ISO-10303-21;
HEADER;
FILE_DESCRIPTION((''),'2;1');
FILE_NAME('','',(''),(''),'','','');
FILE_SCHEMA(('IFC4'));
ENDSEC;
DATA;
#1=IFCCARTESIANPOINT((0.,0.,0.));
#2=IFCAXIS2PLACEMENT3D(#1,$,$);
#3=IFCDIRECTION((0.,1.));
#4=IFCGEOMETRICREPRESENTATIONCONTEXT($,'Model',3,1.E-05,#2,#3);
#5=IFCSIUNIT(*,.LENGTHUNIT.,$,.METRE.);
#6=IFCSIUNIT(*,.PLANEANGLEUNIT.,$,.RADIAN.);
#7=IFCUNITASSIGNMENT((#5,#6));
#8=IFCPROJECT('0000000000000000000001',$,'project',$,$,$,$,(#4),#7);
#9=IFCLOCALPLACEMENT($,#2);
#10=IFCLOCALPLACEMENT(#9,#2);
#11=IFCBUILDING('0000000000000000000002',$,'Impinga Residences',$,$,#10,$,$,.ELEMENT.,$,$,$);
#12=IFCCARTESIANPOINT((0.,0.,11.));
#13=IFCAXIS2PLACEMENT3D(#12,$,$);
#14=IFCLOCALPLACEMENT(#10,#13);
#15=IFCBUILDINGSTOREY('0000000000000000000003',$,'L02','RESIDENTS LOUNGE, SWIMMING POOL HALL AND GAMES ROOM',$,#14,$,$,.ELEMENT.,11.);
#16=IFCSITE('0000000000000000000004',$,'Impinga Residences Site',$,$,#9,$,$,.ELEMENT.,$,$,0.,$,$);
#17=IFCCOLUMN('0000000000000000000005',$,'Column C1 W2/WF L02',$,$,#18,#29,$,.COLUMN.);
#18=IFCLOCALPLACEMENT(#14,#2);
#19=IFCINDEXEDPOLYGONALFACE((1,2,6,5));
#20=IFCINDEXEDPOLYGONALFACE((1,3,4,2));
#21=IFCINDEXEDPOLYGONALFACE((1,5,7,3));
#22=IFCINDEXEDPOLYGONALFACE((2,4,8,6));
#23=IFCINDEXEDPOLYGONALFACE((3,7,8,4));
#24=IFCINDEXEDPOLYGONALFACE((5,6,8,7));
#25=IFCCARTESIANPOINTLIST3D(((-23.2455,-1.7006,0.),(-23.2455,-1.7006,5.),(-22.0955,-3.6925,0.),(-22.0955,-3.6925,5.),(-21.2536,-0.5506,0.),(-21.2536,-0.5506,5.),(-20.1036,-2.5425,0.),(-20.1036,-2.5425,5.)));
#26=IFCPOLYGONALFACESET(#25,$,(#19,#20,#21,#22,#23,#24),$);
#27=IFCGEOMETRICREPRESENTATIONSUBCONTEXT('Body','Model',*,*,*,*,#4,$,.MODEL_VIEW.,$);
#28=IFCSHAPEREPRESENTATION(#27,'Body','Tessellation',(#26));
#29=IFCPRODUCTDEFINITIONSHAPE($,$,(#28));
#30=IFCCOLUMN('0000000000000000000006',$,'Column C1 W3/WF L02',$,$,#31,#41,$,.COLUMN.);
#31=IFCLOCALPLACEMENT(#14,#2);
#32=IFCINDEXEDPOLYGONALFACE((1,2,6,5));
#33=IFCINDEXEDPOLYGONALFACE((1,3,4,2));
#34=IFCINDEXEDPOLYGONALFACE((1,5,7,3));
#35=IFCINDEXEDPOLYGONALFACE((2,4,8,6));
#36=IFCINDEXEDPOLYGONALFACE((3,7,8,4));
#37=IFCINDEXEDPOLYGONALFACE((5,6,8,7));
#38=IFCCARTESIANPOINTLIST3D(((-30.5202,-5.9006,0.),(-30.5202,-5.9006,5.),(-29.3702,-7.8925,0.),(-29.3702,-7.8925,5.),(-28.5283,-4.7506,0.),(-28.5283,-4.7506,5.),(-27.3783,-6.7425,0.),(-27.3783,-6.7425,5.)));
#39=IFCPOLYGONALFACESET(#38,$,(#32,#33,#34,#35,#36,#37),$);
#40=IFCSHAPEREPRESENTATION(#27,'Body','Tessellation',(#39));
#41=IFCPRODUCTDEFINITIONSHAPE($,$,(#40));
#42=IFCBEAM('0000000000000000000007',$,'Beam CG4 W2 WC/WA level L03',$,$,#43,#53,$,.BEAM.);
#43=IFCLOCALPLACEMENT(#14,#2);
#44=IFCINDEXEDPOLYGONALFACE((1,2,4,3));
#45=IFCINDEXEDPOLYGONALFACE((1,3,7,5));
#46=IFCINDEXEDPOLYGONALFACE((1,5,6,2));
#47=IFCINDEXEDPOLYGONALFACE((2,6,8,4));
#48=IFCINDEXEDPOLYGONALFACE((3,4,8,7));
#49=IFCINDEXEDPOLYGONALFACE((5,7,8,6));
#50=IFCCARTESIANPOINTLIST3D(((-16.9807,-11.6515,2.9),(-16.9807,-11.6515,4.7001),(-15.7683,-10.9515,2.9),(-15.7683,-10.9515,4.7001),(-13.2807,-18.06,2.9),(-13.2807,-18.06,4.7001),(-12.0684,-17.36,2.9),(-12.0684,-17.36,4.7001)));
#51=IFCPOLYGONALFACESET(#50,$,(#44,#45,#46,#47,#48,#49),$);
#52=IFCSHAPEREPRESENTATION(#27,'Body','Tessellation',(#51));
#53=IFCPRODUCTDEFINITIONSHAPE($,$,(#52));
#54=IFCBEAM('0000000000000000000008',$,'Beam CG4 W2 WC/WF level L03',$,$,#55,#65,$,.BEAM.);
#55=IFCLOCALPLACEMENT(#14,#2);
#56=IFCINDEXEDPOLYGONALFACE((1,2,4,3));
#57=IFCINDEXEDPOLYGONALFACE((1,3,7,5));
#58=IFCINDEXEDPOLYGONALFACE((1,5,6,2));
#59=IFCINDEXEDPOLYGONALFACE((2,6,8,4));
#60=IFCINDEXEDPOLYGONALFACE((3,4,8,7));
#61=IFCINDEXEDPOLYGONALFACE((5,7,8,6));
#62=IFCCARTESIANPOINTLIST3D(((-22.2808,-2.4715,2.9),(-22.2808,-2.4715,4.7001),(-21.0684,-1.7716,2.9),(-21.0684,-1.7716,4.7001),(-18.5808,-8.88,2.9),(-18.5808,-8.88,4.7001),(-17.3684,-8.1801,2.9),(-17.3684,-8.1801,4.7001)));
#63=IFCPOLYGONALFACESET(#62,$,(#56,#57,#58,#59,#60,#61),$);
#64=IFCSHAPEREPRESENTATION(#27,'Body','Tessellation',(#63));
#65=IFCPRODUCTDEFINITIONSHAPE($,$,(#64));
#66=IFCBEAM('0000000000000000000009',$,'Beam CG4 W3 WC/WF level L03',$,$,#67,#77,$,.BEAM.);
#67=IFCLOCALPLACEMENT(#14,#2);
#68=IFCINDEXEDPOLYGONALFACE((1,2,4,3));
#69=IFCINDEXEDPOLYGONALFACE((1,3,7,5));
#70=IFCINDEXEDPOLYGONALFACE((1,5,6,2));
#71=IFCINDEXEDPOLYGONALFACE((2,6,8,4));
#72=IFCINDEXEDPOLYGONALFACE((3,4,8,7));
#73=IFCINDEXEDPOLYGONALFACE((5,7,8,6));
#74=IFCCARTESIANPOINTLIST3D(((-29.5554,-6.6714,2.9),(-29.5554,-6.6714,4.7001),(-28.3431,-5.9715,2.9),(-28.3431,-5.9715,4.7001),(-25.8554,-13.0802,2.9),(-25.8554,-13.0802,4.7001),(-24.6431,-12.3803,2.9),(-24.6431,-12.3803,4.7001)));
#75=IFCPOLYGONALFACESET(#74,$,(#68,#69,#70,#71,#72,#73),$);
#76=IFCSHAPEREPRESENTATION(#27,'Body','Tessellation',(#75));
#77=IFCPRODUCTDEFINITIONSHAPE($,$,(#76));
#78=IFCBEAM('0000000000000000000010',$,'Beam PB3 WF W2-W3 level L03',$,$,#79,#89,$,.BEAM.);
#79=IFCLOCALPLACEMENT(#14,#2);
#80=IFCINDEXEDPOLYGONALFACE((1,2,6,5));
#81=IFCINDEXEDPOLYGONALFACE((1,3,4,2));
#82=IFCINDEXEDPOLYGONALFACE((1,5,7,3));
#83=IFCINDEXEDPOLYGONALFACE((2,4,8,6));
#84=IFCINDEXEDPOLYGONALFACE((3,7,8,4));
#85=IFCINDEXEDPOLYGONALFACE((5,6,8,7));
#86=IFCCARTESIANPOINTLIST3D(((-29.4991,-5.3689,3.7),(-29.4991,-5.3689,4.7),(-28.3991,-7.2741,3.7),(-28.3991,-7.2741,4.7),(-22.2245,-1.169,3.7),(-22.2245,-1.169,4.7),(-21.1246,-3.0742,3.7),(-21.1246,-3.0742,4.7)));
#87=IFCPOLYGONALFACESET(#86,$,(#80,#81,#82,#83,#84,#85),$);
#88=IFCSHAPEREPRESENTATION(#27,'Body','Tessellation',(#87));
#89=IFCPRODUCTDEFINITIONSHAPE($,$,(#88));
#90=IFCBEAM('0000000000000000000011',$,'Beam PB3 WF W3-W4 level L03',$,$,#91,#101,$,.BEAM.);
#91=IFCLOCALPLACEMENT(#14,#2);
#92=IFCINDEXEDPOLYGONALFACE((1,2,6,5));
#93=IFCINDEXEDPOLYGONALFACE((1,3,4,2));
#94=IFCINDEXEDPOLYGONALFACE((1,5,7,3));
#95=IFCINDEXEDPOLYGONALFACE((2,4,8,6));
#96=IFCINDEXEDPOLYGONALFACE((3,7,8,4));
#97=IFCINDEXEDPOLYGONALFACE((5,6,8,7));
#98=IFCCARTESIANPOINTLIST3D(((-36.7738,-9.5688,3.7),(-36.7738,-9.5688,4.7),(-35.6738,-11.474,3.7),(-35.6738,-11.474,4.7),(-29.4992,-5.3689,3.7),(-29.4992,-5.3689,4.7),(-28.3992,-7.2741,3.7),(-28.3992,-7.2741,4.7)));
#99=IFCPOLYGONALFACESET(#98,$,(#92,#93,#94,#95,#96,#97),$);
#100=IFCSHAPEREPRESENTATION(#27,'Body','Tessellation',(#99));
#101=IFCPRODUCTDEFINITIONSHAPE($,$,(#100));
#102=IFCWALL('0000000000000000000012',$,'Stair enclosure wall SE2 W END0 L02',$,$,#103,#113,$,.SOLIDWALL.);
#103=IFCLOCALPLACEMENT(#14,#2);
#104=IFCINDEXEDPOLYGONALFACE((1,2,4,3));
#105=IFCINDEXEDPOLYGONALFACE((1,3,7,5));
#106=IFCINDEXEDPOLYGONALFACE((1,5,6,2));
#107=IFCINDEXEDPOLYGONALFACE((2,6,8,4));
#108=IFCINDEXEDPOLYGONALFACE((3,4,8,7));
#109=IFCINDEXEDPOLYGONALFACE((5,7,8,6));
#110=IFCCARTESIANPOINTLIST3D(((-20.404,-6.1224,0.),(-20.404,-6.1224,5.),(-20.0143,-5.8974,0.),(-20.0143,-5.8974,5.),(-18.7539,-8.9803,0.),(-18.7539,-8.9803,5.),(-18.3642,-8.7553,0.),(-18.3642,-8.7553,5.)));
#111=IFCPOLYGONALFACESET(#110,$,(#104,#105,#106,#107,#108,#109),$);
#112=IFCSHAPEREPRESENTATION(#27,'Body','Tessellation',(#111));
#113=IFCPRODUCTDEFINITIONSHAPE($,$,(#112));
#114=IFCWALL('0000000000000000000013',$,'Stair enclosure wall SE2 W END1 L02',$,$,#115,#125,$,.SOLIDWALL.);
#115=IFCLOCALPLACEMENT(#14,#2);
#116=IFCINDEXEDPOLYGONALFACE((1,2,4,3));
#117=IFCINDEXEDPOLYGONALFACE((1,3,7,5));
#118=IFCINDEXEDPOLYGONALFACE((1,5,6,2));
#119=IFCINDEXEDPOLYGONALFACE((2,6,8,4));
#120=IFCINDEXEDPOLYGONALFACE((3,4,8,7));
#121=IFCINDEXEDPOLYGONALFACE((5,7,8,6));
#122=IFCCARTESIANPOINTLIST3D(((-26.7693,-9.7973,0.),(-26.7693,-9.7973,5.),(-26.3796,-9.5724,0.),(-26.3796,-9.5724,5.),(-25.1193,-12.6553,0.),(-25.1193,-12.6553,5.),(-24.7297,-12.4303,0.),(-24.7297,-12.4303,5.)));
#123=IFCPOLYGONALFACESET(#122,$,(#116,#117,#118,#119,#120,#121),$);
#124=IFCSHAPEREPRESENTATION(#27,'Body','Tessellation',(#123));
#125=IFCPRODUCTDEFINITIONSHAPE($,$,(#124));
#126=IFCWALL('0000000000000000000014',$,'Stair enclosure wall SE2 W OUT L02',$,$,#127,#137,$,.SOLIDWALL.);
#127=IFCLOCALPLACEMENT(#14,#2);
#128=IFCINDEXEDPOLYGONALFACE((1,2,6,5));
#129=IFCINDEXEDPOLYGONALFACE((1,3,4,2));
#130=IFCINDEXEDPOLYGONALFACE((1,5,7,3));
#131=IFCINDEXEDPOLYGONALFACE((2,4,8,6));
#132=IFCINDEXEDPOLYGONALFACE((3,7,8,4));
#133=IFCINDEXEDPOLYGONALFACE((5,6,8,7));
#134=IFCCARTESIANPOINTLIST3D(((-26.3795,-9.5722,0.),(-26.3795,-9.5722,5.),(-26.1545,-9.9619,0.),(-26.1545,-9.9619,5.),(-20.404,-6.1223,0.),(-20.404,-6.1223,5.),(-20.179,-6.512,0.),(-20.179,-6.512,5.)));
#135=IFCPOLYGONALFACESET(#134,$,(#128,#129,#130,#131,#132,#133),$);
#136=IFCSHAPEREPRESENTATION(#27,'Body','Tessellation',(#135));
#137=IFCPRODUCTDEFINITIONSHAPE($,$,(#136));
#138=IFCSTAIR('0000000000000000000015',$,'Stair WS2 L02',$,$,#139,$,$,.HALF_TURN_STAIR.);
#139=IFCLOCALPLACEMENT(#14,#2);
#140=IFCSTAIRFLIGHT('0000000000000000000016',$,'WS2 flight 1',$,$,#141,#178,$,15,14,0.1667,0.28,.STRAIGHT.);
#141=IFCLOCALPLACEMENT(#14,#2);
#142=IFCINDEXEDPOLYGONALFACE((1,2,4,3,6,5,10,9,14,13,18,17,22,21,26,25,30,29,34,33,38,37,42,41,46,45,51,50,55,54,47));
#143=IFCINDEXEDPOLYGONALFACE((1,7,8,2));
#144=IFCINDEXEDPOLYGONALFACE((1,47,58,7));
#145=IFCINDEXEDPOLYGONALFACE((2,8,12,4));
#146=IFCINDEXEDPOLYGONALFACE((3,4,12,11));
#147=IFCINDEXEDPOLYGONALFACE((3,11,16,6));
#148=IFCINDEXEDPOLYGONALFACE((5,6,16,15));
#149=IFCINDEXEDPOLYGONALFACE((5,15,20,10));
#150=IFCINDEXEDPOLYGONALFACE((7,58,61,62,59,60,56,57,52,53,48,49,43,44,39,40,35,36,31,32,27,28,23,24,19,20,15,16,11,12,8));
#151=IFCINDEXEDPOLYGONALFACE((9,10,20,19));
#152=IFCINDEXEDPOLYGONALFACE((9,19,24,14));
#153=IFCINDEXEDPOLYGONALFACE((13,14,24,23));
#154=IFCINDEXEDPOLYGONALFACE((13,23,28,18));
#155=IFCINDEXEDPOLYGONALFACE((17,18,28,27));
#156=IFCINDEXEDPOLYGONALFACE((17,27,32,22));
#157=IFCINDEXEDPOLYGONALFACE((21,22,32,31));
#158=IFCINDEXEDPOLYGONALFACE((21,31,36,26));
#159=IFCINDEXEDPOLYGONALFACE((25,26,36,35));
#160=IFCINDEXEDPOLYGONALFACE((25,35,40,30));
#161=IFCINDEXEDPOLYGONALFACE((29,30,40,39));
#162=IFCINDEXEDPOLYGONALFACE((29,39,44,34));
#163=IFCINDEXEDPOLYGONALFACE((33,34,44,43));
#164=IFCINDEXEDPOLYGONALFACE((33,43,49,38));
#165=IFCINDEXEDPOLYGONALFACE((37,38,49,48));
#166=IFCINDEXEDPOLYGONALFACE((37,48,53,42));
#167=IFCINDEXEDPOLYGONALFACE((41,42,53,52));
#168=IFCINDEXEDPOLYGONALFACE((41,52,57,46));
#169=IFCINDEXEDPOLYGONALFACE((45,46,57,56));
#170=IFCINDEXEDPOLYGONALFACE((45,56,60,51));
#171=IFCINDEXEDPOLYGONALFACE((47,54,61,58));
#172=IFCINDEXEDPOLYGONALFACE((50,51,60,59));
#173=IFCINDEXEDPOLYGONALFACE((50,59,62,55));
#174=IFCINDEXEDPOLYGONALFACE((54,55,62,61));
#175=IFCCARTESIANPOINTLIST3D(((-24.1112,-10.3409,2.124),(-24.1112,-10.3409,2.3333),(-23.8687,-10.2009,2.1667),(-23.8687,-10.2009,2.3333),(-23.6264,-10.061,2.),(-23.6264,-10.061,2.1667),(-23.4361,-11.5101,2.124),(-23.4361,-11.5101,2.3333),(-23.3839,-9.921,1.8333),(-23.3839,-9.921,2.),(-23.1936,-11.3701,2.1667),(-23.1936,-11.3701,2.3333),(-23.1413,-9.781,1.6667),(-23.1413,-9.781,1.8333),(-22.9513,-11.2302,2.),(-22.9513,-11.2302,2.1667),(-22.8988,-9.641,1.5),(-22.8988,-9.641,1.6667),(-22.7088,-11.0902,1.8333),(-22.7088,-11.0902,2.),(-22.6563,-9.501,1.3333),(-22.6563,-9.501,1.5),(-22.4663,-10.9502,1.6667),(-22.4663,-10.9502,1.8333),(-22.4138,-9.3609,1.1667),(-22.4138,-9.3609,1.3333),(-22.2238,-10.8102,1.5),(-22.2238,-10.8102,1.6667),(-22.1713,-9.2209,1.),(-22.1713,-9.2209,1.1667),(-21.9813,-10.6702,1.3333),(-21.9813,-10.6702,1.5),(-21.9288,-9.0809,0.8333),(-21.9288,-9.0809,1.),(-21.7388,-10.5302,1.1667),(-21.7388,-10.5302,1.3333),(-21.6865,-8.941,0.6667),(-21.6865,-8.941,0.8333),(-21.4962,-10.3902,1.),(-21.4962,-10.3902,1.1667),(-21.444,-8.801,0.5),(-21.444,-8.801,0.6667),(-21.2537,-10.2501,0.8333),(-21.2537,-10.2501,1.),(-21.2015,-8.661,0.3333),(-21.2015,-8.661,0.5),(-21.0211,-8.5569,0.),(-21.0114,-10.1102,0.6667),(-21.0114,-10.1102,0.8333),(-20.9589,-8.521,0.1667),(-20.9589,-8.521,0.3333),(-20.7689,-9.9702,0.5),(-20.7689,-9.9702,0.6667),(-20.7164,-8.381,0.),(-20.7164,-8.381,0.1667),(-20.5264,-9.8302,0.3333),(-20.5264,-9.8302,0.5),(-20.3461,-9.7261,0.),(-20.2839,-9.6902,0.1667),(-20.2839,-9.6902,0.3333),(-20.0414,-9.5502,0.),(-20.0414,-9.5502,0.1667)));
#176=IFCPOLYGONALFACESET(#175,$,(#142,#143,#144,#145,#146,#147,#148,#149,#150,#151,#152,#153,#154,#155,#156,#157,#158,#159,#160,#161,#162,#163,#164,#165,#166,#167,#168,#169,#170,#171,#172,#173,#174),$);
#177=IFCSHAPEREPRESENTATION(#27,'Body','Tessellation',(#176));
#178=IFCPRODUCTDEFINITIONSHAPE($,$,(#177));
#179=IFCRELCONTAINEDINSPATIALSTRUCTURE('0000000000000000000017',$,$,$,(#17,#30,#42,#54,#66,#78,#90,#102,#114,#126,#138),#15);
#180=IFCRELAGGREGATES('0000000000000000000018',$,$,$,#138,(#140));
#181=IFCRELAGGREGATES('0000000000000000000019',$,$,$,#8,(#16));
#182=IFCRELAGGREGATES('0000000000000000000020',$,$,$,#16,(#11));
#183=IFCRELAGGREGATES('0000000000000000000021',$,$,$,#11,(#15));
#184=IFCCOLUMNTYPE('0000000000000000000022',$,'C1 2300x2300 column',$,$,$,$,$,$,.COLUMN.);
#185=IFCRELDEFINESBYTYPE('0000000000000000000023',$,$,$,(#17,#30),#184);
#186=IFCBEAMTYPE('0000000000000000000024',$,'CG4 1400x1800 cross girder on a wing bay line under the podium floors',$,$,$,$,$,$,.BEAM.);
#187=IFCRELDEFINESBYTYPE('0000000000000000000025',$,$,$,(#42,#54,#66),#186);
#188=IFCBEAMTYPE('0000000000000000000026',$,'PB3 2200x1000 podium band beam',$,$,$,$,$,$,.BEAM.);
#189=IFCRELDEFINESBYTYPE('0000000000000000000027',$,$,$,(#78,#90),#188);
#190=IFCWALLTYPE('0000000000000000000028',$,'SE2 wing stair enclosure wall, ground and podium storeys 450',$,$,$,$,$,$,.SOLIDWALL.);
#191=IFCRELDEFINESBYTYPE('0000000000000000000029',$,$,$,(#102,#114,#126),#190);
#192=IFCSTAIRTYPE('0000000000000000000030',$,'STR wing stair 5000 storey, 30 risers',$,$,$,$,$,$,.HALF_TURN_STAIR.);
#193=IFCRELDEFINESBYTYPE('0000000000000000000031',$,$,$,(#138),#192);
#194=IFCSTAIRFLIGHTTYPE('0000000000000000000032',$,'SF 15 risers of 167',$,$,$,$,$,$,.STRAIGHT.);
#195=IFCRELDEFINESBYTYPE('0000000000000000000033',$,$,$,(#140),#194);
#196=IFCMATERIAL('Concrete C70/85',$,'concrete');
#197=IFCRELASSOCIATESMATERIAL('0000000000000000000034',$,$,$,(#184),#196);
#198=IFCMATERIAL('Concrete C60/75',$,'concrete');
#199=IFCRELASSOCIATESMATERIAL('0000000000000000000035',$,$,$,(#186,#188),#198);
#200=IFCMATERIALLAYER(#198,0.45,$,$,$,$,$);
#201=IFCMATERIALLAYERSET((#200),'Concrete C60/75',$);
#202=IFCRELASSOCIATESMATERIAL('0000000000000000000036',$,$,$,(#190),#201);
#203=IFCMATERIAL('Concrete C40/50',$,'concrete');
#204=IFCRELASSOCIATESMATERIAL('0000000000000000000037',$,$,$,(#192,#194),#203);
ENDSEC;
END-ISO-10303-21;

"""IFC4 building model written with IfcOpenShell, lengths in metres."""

from ifc_helpers import new_model, si_unit, direction, frame, frame_2d, origin, origin_2d, place, context, subcontext, project, spatial, polyline, rectangle, outline, extrude, material, layer, layer_set, material_profile, profile_set, type_object, element, aggregate, save


model = new_model("IFC4")

# Units and contexts
model_context = context("Model", 3, precision=1e-05, world=origin(), true_north=direction((0.0, 1.0)))
body_context = subcontext(model_context, "Body", "Model", "MODEL_VIEW")
ifc_project = project(units=[si_unit("LENGTHUNIT", "METRE"), si_unit("PLANEANGLEUNIT", "RADIAN")], contexts=[model_context])

# Site, building, storey
site_placement = place(None, origin())
site = spatial("IfcSite", under=ifc_project, at=site_placement, Name="Impinga Residences Site", CompositionType="ELEMENT", RefElevation=0.0)
building_placement = place(site_placement, origin())
building = spatial("IfcBuilding", under=site, at=building_placement, Name="Impinga Residences", CompositionType="ELEMENT")
storey_placement = place(building_placement, frame((0.0, 0.0, 11.0)))
storey = spatial("IfcBuildingStorey", under=building, at=storey_placement, Name="L02", Description="RESIDENTS LOUNGE, SWIMMING POOL HALL AND GAMES ROOM", CompositionType="ELEMENT", Elevation=11.0)

# Columns
ifc_material_1 = material(Name="Concrete C70/85", Category="concrete")
ifc_material_profile_1 = material_profile(ifc_material_1, rectangle(XDim=2.3, YDim=2.3, at=origin_2d()), Name="RC 2300x2300")
ifc_profile_set_1 = profile_set([ifc_material_profile_1], Name="Concrete C70/85")
column_type = type_object("IfcColumnType", Name="C1 2300x2300 column", PredefinedType="COLUMN", material=ifc_profile_set_1)
for number, where, z_axis, x_axis, name in (
    (1, (-21.6746, -2.1216, 0.0), (0.0, 0.0, 1.0), (-0.5, 0.866025, 0.0), "Column C1 W2/WF L02"),
    (2, (-28.9492, -6.3215, 0.0), (0.0, 0.0, 1.0), (-0.5, 0.866025, 0.0), "Column C1 W3/WF L02"),
):
    element("IfcColumn", number, at=place(storey_placement, frame(where, z_axis=z_axis, x_axis=x_axis)), inside=storey, type_object=column_type, Name=name, PredefinedType="COLUMN", context=body_context, shape_type="SweptSolid", body=[
        extrude(rectangle(XDim=2.3, YDim=2.3, at=origin_2d()), origin(), (0.0, 0.0, 1.0), 5.0),
    ])

# Beams
ifc_material_2 = material(Name="Concrete C60/75", Category="concrete")
ifc_material_profile_2 = material_profile(ifc_material_2, rectangle(XDim=1.3999, YDim=1.8, at=origin_2d()), Name="RC 1400x1800")
ifc_profile_set_2 = profile_set([ifc_material_profile_2], Name="Concrete C60/75")
beam_type_1 = type_object("IfcBeamType", Name="CG4 1400x1800 cross girder on a wing bay line under the podium floors", PredefinedType="BEAM", material=ifc_profile_set_2)
for number, where, z_axis, x_axis, name in (
    (3, (-16.3745, -11.3015, 3.8), (0.500003, -0.866024, 0.0), (0.866024, 0.500003, 0.0), "Beam CG4 W2 WC/WA level L03"),
    (4, (-17.9746, -8.53, 3.8), (-0.500003, 0.866024, 0.0), (-0.866024, -0.500003, 0.0), "Beam CG4 W2 WC/WF level L03"),
):
    element("IfcBeam", number, at=place(storey_placement, frame(where, z_axis=z_axis, x_axis=x_axis)), inside=storey, type_object=beam_type_1, Name=name, PredefinedType="BEAM", context=body_context, shape_type="SweptSolid", body=[
        extrude(rectangle(XDim=1.3999, YDim=1.8, at=origin_2d()), origin(), (0.0, 0.0, 1.0), 7.3999),
    ])
beam_placement = place(storey_placement, frame((-25.2493, -12.7302, 3.8), z_axis=(-0.499989, 0.866032, 0.0), x_axis=(-0.866032, -0.499989, 0.0)))
element("IfcBeam", 5, at=beam_placement, inside=storey, type_object=beam_type_1, Name="Beam CG4 W3 WC/WF level L03", PredefinedType="BEAM", context=body_context, shape_type="SweptSolid", body=[
    extrude(rectangle(XDim=1.3999, YDim=1.8, at=origin_2d()), origin(), (0.0, 0.0, 1.0), 7.4001),
])
ifc_material_profile_3 = material_profile(ifc_material_2, rectangle(XDim=2.2, YDim=1.0, at=origin_2d()), Name="RC 2200x1000")
ifc_profile_set_3 = profile_set([ifc_material_profile_3], Name="Concrete C60/75")
beam_type_2 = type_object("IfcBeamType", Name="PB3 2200x1000 podium band beam", PredefinedType="BEAM", material=ifc_profile_set_3)
for number, where, z_axis, x_axis, name in (
    (6, (-21.6746, -2.1216, 4.2), (-0.866029, -0.499993, 0.0), (0.499993, -0.866029, 0.0), "Beam PB3 WF W2-W3 level L03"),
    (7, (-28.9492, -6.3215, 4.2), (-0.866029, -0.499993, 0.0), (0.499993, -0.866029, 0.0), "Beam PB3 WF W3-W4 level L03"),
):
    element("IfcBeam", number, at=place(storey_placement, frame(where, z_axis=z_axis, x_axis=x_axis)), inside=storey, type_object=beam_type_2, Name=name, PredefinedType="BEAM", context=body_context, shape_type="SweptSolid", body=[
        extrude(rectangle(XDim=2.2, YDim=1.0, at=origin_2d()), origin(), (0.0, 0.0, 1.0), 8.3999),
    ])

# Walls
ifc_layer = layer(ifc_material_2, 0.45)
ifc_layer_set = layer_set([ifc_layer], Name="Concrete C60/75")
wall_type = type_object("IfcWallType", Name="SE2 wing stair enclosure wall, ground and podium storeys 450", PredefinedType="SOLIDWALL", material=ifc_layer_set)
for number, where, z_axis, x_axis, name in (
    (8, (-18.5591, -8.8677, 0.0), (0.0, 0.0, 1.0), (-0.50003, 0.866008, 0.0), "Stair enclosure wall SE2 W END0 L02"),
    (9, (-24.9246, -12.5427, 0.0), (0.0, 0.0, 1.0), (-0.499974, 0.86604, 0.0), "Stair enclosure wall SE2 W END1 L02"),
):
    element("IfcWall", number, at=place(storey_placement, frame(where, z_axis=z_axis, x_axis=x_axis)), inside=storey, type_object=wall_type, Name=name, PredefinedType="SOLIDWALL", context=body_context, shape_type="SweptSolid", body=[
        extrude(rectangle(XDim=3.3, YDim=0.45, at=frame_2d((1.6499, 0.0))), origin(), (0.0, 0.0, 1.0), 5.0),
    ])
wall_placement = place(storey_placement, frame((-20.2915, -6.3171, 0.0), z_axis=(0.0, 0.0, 1.0), x_axis=(-0.866029, -0.499994, 0.0)))
element("IfcWall", 10, at=wall_placement, inside=storey, type_object=wall_type, Name="Stair enclosure wall SE2 W OUT L02", PredefinedType="SOLIDWALL", context=body_context, shape_type="SweptSolid", body=[
    extrude(rectangle(XDim=6.8999, YDim=0.45, at=frame_2d((3.45, 0.0))), origin(), (0.0, 0.0, 1.0), 5.0),
])

# Stair, stair flight
ifc_material_3 = material(Name="Concrete C40/50", Category="concrete")
stair_type = type_object("IfcStairType", Name="STR wing stair 5000 storey, 30 risers", PredefinedType="HALF_TURN_STAIR", material=ifc_material_3)
stair_placement = place(storey_placement, origin())
stair = element("IfcStair", 11, at=stair_placement, inside=storey, type_object=stair_type, Name="Stair WS2 L02", PredefinedType="HALF_TURN_STAIR")
stair_flight_type = type_object("IfcStairFlightType", Name="SF 15 risers of 167", PredefinedType="STRAIGHT", material=ifc_material_3)
stair_flight_1_placement = place(storey_placement, frame((-20.3789, -8.9656, 0.0), z_axis=(0.0, 0.0, 1.0), x_axis=(-0.866025, -0.5, 0.0)))
stair_flight_1 = element("IfcStairFlight", 12, at=stair_flight_1_placement, type_object=stair_flight_type, Name="WS2 flight 1", NumberOfRisers=15, NumberOfTreads=14, PredefinedType="STRAIGHT", RiserHeight=0.1667, TreadLength=0.28, context=body_context, shape_type="SweptSolid", body=[
    extrude(outline(polyline([(0.0, 0.0), (0.0, 0.1667), (0.28, 0.1667), (0.28, 0.3333), (0.5601, 0.3333), (0.5601, 0.5), (0.8401, 0.5), (0.8401, 0.6667), (1.1201, 0.6667), (1.1201, 0.8333), (1.3999, 0.8333), (1.3999, 1.0), (1.6799, 1.0), (1.6799, 1.1667), (1.96, 1.1667), (1.96, 1.3333), (2.24, 1.3333), (2.24, 1.5), (2.52, 1.5), (2.52, 1.6667), (2.8, 1.6667), (2.8, 1.8333), (3.0801, 1.8333), (3.0801, 2.0), (3.3601, 2.0), (3.3601, 2.1667), (3.6399, 2.1667), (3.6399, 2.3333), (3.9199, 2.3333), (3.9199, 2.5), (3.9199, 2.124), (0.3518, 0.0), (0.0, 0.0)])), frame((0.0, 0.675, 0.0), z_axis=(0.0, -1.0, 0.0), x_axis=(1.0, 0.0, 0.0)), (0.0, 0.0, 1.0), 1.3501),
])
aggregate(stair, [stair_flight_1])

save(model, "model.ifc")
